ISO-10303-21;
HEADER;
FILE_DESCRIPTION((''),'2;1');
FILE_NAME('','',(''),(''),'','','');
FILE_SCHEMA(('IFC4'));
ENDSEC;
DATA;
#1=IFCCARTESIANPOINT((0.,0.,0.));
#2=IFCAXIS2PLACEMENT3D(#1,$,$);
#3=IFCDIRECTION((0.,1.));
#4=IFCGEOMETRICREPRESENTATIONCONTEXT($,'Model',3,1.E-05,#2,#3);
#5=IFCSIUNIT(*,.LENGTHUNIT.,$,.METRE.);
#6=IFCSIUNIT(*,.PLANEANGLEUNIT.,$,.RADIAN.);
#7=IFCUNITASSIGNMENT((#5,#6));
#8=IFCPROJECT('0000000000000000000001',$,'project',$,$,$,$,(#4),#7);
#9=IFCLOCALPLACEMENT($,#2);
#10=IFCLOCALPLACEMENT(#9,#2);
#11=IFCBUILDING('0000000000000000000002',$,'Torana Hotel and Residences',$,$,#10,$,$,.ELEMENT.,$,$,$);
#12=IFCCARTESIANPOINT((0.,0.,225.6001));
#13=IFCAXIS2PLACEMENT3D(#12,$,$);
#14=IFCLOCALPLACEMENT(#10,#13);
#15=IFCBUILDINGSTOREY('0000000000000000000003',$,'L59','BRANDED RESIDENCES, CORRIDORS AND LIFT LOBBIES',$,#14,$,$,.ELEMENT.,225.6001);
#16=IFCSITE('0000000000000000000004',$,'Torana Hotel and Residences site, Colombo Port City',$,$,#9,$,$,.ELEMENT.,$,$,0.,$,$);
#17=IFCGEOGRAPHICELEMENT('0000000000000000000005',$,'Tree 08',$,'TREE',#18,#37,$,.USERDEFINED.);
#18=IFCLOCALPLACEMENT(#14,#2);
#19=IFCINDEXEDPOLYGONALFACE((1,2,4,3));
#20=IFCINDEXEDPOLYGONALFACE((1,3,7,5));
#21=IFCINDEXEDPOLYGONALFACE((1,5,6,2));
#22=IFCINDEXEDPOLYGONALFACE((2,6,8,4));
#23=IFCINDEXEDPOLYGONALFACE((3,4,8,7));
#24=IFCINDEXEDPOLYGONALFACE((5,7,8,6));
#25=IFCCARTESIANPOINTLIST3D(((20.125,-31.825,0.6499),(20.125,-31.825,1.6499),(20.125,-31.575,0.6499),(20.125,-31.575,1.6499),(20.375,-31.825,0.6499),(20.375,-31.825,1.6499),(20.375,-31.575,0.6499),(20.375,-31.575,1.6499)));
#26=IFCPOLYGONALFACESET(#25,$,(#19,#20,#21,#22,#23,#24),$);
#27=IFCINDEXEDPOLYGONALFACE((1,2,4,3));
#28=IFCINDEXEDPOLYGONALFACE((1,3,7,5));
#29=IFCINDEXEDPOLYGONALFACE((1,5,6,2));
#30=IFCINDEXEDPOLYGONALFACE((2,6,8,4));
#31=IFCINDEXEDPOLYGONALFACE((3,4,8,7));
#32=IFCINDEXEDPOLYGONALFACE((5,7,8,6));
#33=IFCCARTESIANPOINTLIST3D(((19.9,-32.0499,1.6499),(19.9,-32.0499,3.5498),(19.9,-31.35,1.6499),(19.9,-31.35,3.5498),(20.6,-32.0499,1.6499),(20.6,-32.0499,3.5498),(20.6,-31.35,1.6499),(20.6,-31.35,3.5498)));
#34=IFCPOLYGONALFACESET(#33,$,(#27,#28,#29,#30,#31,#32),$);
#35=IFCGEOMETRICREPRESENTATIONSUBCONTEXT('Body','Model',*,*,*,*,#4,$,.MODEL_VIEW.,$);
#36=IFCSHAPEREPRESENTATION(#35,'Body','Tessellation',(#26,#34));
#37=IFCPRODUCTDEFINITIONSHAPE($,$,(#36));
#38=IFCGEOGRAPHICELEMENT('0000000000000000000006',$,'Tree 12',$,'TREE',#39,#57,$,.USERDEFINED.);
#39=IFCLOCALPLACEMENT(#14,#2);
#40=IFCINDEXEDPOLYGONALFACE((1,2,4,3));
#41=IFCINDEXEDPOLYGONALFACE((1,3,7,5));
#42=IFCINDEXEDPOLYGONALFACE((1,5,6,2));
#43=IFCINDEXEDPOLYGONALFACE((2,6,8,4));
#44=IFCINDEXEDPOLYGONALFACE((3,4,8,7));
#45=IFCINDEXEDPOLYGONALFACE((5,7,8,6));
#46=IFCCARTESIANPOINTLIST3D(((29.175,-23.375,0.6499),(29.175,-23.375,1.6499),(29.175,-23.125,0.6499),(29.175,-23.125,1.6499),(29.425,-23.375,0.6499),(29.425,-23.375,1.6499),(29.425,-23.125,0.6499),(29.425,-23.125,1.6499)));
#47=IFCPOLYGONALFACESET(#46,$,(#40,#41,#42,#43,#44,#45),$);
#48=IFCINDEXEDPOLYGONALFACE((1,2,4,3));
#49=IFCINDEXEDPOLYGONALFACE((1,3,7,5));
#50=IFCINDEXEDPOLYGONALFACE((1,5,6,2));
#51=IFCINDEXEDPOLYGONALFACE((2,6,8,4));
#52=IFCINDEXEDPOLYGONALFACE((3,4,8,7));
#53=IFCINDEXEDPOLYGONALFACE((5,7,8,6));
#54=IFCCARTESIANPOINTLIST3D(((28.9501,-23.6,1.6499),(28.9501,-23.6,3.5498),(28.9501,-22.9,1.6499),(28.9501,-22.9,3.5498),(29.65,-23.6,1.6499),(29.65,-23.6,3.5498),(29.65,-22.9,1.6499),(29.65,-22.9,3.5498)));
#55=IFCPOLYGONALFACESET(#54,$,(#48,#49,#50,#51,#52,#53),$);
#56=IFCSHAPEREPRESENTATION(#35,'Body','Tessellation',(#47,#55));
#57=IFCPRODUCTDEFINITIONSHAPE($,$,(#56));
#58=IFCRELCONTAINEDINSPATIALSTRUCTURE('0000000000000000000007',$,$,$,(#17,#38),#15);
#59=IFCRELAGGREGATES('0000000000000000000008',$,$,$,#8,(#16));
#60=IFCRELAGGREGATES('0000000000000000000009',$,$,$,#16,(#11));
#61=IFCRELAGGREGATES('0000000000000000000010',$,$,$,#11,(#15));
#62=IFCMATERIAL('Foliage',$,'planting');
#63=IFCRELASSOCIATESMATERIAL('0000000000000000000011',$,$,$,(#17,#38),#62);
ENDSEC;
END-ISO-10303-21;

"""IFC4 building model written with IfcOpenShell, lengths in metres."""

from ifc_helpers import new_model, si_unit, direction, frame, origin, origin_2d, place, context, subcontext, project, spatial, rectangle, extrude, material, element, save


model = new_model("IFC4")

# Units and contexts
model_context = context("Model", 3, precision=1e-05, world=origin(), true_north=direction((0.0, 1.0)))
body_context = subcontext(model_context, "Body", "Model", "MODEL_VIEW")
ifc_project = project(units=[si_unit("LENGTHUNIT", "METRE"), si_unit("PLANEANGLEUNIT", "RADIAN")], contexts=[model_context])

# Site, building, storey
site_placement = place(None, origin())
site = spatial("IfcSite", under=ifc_project, at=site_placement, Name="Torana Hotel and Residences site, Colombo Port City", CompositionType="ELEMENT", RefElevation=0.0)
building_placement = place(site_placement, origin())
building = spatial("IfcBuilding", under=site, at=building_placement, Name="Torana Hotel and Residences", CompositionType="ELEMENT")
storey_placement = place(building_placement, frame((0.0, 0.0, 225.6001)))
storey = spatial("IfcBuildingStorey", under=building, at=storey_placement, Name="L59", Description="BRANDED RESIDENCES, CORRIDORS AND LIFT LOBBIES", CompositionType="ELEMENT", Elevation=225.6001)

# Geographic elements
ifc_material_1 = material(Name="Foliage", Category="planting")
for number, where, z_axis, x_axis, name in (
    (1, (20.25, -31.7, 0.6499), (0.0, 0.0, 1.0), (1.0, 0.0, 0.0), "Tree 08"),
    (2, (29.3, -23.25, 0.6499), (0.0, 0.0, 1.0), (1.0, 0.0, 0.0), "Tree 12"),
):
    element("IfcGeographicElement", number, at=place(storey_placement, frame(where, z_axis=z_axis, x_axis=x_axis)), inside=storey, material=ifc_material_1, Name=name, ObjectType="TREE", PredefinedType="USERDEFINED", context=body_context, shape_type="SweptSolid", body=[
        extrude(rectangle(XDim=0.25, YDim=0.25, at=origin_2d()), origin(), (0.0, 0.0, 1.0), 1.0),
        extrude(rectangle(XDim=0.7, YDim=0.7, at=origin_2d()), frame((0.0, 0.0, 1.0)), (0.0, 0.0, 1.0), 1.8999),
    ])

save(model, "model.ifc")
